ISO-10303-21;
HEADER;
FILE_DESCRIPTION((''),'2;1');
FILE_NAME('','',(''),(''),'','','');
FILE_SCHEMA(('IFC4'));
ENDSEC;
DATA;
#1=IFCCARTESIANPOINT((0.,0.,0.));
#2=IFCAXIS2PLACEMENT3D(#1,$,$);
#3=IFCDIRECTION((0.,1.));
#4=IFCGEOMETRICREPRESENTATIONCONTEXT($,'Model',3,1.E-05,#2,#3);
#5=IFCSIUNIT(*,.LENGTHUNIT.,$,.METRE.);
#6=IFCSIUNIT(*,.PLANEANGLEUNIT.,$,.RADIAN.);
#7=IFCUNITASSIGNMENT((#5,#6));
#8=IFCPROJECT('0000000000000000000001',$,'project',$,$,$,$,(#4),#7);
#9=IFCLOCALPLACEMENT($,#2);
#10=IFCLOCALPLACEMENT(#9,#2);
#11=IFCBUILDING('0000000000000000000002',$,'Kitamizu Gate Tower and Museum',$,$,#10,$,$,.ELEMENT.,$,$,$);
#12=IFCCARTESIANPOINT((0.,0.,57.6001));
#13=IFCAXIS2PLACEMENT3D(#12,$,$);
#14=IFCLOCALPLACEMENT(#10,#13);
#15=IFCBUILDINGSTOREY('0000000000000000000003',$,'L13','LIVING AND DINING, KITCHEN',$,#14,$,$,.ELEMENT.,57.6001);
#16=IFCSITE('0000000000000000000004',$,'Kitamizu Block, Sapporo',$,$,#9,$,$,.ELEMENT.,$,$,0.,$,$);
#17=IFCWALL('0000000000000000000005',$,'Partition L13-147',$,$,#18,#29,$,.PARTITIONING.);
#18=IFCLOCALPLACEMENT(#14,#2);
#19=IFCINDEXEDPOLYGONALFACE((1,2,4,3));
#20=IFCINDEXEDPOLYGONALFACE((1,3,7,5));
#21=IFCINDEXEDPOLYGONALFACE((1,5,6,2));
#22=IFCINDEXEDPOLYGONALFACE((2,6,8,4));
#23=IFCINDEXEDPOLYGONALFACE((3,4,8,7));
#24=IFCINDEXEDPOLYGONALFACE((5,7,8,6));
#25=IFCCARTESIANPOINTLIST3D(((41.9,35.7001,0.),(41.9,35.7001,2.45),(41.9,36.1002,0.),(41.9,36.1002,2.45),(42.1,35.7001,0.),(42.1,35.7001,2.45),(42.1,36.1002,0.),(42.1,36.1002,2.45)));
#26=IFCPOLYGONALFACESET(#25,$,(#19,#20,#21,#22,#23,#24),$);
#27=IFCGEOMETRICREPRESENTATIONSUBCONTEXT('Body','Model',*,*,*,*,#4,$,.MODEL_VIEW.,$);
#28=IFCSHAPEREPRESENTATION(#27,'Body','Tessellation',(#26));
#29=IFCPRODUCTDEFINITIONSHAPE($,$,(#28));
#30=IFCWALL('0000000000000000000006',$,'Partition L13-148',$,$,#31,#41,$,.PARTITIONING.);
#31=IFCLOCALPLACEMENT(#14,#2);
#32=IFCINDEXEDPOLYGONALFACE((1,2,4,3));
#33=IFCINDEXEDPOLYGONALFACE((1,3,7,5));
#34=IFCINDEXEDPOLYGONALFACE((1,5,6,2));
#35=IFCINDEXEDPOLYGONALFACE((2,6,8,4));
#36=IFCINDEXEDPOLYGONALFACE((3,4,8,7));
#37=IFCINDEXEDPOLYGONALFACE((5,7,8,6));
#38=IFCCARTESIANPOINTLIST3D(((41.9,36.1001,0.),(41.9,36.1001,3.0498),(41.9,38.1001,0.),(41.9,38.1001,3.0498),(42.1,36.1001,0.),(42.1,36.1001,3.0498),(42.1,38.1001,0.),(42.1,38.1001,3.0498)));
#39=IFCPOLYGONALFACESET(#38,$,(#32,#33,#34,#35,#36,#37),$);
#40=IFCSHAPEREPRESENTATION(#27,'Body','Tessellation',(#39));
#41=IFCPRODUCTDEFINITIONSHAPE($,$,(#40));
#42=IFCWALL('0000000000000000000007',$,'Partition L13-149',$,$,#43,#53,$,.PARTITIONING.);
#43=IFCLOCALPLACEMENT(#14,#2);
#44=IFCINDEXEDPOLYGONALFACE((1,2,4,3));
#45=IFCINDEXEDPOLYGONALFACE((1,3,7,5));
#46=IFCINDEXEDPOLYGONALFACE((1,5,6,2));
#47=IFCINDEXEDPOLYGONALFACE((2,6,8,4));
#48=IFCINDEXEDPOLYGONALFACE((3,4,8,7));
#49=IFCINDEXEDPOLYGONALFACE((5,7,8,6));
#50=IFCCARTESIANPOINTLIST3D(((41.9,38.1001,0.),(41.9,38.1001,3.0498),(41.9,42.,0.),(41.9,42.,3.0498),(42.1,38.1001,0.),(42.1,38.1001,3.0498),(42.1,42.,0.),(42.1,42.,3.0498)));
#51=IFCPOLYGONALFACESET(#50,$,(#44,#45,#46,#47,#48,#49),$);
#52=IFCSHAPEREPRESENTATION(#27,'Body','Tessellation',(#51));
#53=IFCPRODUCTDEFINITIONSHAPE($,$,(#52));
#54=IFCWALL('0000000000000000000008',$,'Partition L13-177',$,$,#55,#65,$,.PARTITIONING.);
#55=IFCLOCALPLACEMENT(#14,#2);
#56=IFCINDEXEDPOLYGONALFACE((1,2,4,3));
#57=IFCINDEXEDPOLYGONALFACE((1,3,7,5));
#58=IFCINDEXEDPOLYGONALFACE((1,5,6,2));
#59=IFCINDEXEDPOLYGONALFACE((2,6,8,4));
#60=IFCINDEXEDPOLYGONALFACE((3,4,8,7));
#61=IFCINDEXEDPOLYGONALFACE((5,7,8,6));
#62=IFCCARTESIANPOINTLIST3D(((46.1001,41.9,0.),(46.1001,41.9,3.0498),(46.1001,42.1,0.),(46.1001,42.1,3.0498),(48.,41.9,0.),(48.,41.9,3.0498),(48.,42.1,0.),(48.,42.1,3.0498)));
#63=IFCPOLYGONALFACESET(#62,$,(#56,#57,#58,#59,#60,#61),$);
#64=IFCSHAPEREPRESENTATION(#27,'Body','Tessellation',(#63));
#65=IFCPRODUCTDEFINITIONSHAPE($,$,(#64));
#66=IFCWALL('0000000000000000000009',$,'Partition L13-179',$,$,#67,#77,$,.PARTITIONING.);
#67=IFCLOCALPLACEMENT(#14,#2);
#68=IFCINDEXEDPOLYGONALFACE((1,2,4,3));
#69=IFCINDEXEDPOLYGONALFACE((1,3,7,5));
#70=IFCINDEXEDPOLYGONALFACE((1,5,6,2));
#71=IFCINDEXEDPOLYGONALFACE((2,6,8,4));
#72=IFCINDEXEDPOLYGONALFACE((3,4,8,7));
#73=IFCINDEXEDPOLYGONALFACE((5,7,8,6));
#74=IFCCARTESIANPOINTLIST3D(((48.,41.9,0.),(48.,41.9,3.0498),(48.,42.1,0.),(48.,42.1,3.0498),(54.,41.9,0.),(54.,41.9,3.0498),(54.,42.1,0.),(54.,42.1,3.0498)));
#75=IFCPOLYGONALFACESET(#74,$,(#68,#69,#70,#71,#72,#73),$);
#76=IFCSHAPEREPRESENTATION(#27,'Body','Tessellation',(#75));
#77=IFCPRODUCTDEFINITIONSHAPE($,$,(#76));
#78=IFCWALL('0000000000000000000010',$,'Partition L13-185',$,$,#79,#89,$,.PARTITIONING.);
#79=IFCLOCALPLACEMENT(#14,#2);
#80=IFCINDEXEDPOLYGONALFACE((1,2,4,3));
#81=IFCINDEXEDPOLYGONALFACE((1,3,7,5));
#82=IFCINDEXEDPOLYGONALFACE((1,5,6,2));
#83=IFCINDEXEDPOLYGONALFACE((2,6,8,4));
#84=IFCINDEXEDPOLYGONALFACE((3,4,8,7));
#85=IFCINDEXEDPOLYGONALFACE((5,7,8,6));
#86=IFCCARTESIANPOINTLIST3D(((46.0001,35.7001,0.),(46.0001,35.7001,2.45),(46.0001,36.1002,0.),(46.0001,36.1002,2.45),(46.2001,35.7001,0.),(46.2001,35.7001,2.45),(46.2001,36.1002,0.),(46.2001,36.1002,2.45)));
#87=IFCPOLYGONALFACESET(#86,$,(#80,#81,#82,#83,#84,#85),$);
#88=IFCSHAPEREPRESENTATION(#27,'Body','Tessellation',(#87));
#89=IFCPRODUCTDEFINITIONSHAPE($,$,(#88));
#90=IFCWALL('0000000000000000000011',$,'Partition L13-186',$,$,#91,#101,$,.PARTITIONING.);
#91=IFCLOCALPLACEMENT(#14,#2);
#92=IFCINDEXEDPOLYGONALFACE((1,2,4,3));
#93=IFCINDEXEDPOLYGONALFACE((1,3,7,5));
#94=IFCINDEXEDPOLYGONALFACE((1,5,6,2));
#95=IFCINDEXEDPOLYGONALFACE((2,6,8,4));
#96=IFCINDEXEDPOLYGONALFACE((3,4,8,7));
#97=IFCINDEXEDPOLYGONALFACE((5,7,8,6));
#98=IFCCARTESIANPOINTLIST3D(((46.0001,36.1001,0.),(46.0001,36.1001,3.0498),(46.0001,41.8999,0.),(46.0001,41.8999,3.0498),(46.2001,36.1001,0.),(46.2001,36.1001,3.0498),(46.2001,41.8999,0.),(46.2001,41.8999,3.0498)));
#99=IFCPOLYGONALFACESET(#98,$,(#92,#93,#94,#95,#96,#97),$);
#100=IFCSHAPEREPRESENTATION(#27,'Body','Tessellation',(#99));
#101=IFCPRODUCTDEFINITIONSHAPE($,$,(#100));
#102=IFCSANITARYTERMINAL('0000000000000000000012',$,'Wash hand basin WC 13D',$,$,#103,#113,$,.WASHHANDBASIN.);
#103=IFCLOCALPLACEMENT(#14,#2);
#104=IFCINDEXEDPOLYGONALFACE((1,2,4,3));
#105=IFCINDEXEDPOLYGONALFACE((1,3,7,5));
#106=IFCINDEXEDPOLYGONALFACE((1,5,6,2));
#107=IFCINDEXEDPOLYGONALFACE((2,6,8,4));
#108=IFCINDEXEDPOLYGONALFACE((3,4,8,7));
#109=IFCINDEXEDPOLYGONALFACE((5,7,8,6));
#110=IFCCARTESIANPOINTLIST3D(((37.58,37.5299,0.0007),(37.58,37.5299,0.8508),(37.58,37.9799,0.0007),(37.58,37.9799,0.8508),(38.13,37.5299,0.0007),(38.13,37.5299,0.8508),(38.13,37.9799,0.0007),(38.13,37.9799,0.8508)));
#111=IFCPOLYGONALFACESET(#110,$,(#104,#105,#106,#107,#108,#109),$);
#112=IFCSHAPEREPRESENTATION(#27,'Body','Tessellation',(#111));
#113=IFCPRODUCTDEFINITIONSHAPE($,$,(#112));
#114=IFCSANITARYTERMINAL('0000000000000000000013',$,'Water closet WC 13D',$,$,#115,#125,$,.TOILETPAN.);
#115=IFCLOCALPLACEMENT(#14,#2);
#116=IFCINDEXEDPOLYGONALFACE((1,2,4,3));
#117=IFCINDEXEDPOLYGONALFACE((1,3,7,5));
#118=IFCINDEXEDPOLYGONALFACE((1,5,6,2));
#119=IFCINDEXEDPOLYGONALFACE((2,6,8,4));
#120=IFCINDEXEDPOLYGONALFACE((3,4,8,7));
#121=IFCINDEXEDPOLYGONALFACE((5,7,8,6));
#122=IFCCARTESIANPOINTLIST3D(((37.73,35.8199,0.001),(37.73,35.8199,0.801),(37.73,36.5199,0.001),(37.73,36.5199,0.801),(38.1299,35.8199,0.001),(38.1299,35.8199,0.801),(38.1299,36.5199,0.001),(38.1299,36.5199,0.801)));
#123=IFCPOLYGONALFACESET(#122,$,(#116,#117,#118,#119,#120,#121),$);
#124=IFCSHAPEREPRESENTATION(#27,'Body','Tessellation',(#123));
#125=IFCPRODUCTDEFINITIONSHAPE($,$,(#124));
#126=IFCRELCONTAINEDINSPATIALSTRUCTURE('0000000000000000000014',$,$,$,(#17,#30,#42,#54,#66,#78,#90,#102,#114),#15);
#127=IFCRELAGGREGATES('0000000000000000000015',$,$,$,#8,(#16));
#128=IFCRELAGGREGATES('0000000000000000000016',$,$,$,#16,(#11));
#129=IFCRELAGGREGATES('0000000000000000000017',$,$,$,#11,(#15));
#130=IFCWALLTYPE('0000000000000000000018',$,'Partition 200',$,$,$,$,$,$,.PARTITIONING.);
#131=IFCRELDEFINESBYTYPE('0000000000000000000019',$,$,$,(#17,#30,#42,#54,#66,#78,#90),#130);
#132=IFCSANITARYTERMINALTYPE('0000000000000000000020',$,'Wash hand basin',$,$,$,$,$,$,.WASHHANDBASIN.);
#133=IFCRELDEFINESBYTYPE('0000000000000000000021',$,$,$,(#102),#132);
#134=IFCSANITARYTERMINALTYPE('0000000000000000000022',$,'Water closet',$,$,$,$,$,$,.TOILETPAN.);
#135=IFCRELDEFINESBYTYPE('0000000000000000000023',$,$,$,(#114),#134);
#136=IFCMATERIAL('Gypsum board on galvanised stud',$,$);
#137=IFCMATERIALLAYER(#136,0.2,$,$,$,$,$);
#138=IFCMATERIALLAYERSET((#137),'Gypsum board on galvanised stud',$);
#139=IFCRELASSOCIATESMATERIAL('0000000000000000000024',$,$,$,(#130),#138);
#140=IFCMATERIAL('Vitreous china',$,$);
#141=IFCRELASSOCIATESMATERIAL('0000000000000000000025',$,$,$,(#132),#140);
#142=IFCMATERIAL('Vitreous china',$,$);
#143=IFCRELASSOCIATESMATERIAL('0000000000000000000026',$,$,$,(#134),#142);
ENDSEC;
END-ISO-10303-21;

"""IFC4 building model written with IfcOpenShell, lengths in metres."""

from ifc_helpers import new_model, si_unit, direction, frame, frame_2d, origin, origin_2d, place, context, subcontext, project, spatial, rectangle, extrude, material, layer, layer_set, type_object, element, save


model = new_model("IFC4")

# Units and contexts
model_context = context("Model", 3, precision=1e-05, world=origin(), true_north=direction((0.0, 1.0)))
body_context = subcontext(model_context, "Body", "Model", "MODEL_VIEW")
ifc_project = project(units=[si_unit("LENGTHUNIT", "METRE"), si_unit("PLANEANGLEUNIT", "RADIAN")], contexts=[model_context])

# Site, building, storey
site_placement = place(None, origin())
site = spatial("IfcSite", under=ifc_project, at=site_placement, Name="Kitamizu Block, Sapporo", CompositionType="ELEMENT", RefElevation=0.0)
building_placement = place(site_placement, origin())
building = spatial("IfcBuilding", under=site, at=building_placement, Name="Kitamizu Gate Tower and Museum", CompositionType="ELEMENT")
storey_placement = place(building_placement, frame((0.0, 0.0, 57.6001)))
storey = spatial("IfcBuildingStorey", under=building, at=storey_placement, Name="L13", Description="LIVING AND DINING, KITCHEN", CompositionType="ELEMENT", Elevation=57.6001)

# Walls
ifc_material_1 = material(Name="Gypsum board on galvanised stud")
ifc_layer_1 = layer(ifc_material_1, 0.2)
ifc_layer_set_1 = layer_set([ifc_layer_1], Name="Gypsum board on galvanised stud")
wall_type_1 = type_object("IfcWallType", Name="Partition 200", PredefinedType="PARTITIONING", material=ifc_layer_set_1)
wall_1_placement = place(storey_placement, frame((42.0, 35.7, 0.0), z_axis=(0.0, 0.0, 1.0), x_axis=(0.0, 1.0, 0.0)))
element("IfcWall", 1, at=wall_1_placement, inside=storey, type_object=wall_type_1, Name="Partition L13-147", PredefinedType="PARTITIONING", context=body_context, shape_type="SweptSolid", body=[
    extrude(rectangle(XDim=0.4001, YDim=0.2, at=frame_2d((0.2002, 0.0))), origin(), (0.0, 0.0, 1.0), 2.45),
])
wall_2_placement = place(storey_placement, frame((42.0, 36.1001, 0.0), z_axis=(0.0, 0.0, 1.0), x_axis=(0.0, 1.0, 0.0)))
element("IfcWall", 2, at=wall_2_placement, inside=storey, type_object=wall_type_1, Name="Partition L13-148", PredefinedType="PARTITIONING", context=body_context, shape_type="SweptSolid", body=[
    extrude(rectangle(XDim=2.0, YDim=0.2, at=frame_2d((1.0, 0.0))), origin(), (0.0, 0.0, 1.0), 3.0498),
])
wall_3_placement = place(storey_placement, frame((42.0, 38.1001, 0.0), z_axis=(0.0, 0.0, 1.0), x_axis=(0.0, 1.0, 0.0)))
element("IfcWall", 3, at=wall_3_placement, inside=storey, type_object=wall_type_1, Name="Partition L13-149", PredefinedType="PARTITIONING", context=body_context, shape_type="SweptSolid", body=[
    extrude(rectangle(XDim=3.8999, YDim=0.2, at=frame_2d((1.95, 0.0))), origin(), (0.0, 0.0, 1.0), 3.0498),
])
wall_4_placement = place(storey_placement, frame((46.1001, 42.0, 0.0), z_axis=(0.0, 0.0, 1.0), x_axis=(1.0, 0.0, 0.0)))
element("IfcWall", 4, at=wall_4_placement, inside=storey, type_object=wall_type_1, Name="Partition L13-177", PredefinedType="PARTITIONING", context=body_context, shape_type="SweptSolid", body=[
    extrude(rectangle(XDim=1.8999, YDim=0.2, at=frame_2d((0.95, 0.0))), origin(), (0.0, 0.0, 1.0), 3.0498),
])
wall_5_placement = place(storey_placement, frame((48.0, 42.0, 0.0), z_axis=(0.0, 0.0, 1.0), x_axis=(1.0, 0.0, 0.0)))
element("IfcWall", 5, at=wall_5_placement, inside=storey, type_object=wall_type_1, Name="Partition L13-179", PredefinedType="PARTITIONING", context=body_context, shape_type="SweptSolid", body=[
    extrude(rectangle(XDim=6.0, YDim=0.2, at=frame_2d((3.0, 0.0))), origin(), (0.0, 0.0, 1.0), 3.0498),
])
wall_6_placement = place(storey_placement, frame((46.1001, 35.7, 0.0), z_axis=(0.0, 0.0, 1.0), x_axis=(0.0, 1.0, 0.0)))
element("IfcWall", 6, at=wall_6_placement, inside=storey, type_object=wall_type_1, Name="Partition L13-185", PredefinedType="PARTITIONING", context=body_context, shape_type="SweptSolid", body=[
    extrude(rectangle(XDim=0.4001, YDim=0.2, at=frame_2d((0.2002, 0.0))), origin(), (0.0, 0.0, 1.0), 2.45),
])
wall_7_placement = place(storey_placement, frame((46.1001, 36.1001, 0.0), z_axis=(0.0, 0.0, 1.0), x_axis=(0.0, 1.0, 0.0)))
element("IfcWall", 7, at=wall_7_placement, inside=storey, type_object=wall_type_1, Name="Partition L13-186", PredefinedType="PARTITIONING", context=body_context, shape_type="SweptSolid", body=[
    extrude(rectangle(XDim=5.7998, YDim=0.2, at=frame_2d((2.8999, 0.0))), origin(), (0.0, 0.0, 1.0), 3.0498),
])

# Sanitary terminals
ifc_material_2 = material(Name="Vitreous china")
sanitary_terminal_type_1 = type_object("IfcSanitaryTerminalType", Name="Wash hand basin", PredefinedType="WASHHANDBASIN", material=ifc_material_2)
sanitary_terminal_1_placement = place(storey_placement, frame((37.855, 37.7549, 0.0007), z_axis=(0.0, 0.0, 1.0), x_axis=(1.0, 0.0, 0.0)))
element("IfcSanitaryTerminal", 8, at=sanitary_terminal_1_placement, inside=storey, type_object=sanitary_terminal_type_1, Name="Wash hand basin WC 13D", PredefinedType="WASHHANDBASIN", context=body_context, shape_type="SweptSolid", body=[
    extrude(rectangle(XDim=0.55, YDim=0.45, at=origin_2d()), origin(), (0.0, 0.0, 1.0), 0.8501),
])
ifc_material_3 = material(Name="Vitreous china")
sanitary_terminal_type_2 = type_object("IfcSanitaryTerminalType", Name="Water closet", PredefinedType="TOILETPAN", material=ifc_material_3)
sanitary_terminal_2_placement = place(storey_placement, frame((37.9299, 36.1699, 0.001), z_axis=(0.0, 0.0, 1.0), x_axis=(1.0, 0.0, 0.0)))
element("IfcSanitaryTerminal", 9, at=sanitary_terminal_2_placement, inside=storey, type_object=sanitary_terminal_type_2, Name="Water closet WC 13D", PredefinedType="TOILETPAN", context=body_context, shape_type="SweptSolid", body=[
    extrude(rectangle(XDim=0.3999, YDim=0.7, at=origin_2d()), origin(), (0.0, 0.0, 1.0), 0.8),
])

save(model, "model.ifc")
